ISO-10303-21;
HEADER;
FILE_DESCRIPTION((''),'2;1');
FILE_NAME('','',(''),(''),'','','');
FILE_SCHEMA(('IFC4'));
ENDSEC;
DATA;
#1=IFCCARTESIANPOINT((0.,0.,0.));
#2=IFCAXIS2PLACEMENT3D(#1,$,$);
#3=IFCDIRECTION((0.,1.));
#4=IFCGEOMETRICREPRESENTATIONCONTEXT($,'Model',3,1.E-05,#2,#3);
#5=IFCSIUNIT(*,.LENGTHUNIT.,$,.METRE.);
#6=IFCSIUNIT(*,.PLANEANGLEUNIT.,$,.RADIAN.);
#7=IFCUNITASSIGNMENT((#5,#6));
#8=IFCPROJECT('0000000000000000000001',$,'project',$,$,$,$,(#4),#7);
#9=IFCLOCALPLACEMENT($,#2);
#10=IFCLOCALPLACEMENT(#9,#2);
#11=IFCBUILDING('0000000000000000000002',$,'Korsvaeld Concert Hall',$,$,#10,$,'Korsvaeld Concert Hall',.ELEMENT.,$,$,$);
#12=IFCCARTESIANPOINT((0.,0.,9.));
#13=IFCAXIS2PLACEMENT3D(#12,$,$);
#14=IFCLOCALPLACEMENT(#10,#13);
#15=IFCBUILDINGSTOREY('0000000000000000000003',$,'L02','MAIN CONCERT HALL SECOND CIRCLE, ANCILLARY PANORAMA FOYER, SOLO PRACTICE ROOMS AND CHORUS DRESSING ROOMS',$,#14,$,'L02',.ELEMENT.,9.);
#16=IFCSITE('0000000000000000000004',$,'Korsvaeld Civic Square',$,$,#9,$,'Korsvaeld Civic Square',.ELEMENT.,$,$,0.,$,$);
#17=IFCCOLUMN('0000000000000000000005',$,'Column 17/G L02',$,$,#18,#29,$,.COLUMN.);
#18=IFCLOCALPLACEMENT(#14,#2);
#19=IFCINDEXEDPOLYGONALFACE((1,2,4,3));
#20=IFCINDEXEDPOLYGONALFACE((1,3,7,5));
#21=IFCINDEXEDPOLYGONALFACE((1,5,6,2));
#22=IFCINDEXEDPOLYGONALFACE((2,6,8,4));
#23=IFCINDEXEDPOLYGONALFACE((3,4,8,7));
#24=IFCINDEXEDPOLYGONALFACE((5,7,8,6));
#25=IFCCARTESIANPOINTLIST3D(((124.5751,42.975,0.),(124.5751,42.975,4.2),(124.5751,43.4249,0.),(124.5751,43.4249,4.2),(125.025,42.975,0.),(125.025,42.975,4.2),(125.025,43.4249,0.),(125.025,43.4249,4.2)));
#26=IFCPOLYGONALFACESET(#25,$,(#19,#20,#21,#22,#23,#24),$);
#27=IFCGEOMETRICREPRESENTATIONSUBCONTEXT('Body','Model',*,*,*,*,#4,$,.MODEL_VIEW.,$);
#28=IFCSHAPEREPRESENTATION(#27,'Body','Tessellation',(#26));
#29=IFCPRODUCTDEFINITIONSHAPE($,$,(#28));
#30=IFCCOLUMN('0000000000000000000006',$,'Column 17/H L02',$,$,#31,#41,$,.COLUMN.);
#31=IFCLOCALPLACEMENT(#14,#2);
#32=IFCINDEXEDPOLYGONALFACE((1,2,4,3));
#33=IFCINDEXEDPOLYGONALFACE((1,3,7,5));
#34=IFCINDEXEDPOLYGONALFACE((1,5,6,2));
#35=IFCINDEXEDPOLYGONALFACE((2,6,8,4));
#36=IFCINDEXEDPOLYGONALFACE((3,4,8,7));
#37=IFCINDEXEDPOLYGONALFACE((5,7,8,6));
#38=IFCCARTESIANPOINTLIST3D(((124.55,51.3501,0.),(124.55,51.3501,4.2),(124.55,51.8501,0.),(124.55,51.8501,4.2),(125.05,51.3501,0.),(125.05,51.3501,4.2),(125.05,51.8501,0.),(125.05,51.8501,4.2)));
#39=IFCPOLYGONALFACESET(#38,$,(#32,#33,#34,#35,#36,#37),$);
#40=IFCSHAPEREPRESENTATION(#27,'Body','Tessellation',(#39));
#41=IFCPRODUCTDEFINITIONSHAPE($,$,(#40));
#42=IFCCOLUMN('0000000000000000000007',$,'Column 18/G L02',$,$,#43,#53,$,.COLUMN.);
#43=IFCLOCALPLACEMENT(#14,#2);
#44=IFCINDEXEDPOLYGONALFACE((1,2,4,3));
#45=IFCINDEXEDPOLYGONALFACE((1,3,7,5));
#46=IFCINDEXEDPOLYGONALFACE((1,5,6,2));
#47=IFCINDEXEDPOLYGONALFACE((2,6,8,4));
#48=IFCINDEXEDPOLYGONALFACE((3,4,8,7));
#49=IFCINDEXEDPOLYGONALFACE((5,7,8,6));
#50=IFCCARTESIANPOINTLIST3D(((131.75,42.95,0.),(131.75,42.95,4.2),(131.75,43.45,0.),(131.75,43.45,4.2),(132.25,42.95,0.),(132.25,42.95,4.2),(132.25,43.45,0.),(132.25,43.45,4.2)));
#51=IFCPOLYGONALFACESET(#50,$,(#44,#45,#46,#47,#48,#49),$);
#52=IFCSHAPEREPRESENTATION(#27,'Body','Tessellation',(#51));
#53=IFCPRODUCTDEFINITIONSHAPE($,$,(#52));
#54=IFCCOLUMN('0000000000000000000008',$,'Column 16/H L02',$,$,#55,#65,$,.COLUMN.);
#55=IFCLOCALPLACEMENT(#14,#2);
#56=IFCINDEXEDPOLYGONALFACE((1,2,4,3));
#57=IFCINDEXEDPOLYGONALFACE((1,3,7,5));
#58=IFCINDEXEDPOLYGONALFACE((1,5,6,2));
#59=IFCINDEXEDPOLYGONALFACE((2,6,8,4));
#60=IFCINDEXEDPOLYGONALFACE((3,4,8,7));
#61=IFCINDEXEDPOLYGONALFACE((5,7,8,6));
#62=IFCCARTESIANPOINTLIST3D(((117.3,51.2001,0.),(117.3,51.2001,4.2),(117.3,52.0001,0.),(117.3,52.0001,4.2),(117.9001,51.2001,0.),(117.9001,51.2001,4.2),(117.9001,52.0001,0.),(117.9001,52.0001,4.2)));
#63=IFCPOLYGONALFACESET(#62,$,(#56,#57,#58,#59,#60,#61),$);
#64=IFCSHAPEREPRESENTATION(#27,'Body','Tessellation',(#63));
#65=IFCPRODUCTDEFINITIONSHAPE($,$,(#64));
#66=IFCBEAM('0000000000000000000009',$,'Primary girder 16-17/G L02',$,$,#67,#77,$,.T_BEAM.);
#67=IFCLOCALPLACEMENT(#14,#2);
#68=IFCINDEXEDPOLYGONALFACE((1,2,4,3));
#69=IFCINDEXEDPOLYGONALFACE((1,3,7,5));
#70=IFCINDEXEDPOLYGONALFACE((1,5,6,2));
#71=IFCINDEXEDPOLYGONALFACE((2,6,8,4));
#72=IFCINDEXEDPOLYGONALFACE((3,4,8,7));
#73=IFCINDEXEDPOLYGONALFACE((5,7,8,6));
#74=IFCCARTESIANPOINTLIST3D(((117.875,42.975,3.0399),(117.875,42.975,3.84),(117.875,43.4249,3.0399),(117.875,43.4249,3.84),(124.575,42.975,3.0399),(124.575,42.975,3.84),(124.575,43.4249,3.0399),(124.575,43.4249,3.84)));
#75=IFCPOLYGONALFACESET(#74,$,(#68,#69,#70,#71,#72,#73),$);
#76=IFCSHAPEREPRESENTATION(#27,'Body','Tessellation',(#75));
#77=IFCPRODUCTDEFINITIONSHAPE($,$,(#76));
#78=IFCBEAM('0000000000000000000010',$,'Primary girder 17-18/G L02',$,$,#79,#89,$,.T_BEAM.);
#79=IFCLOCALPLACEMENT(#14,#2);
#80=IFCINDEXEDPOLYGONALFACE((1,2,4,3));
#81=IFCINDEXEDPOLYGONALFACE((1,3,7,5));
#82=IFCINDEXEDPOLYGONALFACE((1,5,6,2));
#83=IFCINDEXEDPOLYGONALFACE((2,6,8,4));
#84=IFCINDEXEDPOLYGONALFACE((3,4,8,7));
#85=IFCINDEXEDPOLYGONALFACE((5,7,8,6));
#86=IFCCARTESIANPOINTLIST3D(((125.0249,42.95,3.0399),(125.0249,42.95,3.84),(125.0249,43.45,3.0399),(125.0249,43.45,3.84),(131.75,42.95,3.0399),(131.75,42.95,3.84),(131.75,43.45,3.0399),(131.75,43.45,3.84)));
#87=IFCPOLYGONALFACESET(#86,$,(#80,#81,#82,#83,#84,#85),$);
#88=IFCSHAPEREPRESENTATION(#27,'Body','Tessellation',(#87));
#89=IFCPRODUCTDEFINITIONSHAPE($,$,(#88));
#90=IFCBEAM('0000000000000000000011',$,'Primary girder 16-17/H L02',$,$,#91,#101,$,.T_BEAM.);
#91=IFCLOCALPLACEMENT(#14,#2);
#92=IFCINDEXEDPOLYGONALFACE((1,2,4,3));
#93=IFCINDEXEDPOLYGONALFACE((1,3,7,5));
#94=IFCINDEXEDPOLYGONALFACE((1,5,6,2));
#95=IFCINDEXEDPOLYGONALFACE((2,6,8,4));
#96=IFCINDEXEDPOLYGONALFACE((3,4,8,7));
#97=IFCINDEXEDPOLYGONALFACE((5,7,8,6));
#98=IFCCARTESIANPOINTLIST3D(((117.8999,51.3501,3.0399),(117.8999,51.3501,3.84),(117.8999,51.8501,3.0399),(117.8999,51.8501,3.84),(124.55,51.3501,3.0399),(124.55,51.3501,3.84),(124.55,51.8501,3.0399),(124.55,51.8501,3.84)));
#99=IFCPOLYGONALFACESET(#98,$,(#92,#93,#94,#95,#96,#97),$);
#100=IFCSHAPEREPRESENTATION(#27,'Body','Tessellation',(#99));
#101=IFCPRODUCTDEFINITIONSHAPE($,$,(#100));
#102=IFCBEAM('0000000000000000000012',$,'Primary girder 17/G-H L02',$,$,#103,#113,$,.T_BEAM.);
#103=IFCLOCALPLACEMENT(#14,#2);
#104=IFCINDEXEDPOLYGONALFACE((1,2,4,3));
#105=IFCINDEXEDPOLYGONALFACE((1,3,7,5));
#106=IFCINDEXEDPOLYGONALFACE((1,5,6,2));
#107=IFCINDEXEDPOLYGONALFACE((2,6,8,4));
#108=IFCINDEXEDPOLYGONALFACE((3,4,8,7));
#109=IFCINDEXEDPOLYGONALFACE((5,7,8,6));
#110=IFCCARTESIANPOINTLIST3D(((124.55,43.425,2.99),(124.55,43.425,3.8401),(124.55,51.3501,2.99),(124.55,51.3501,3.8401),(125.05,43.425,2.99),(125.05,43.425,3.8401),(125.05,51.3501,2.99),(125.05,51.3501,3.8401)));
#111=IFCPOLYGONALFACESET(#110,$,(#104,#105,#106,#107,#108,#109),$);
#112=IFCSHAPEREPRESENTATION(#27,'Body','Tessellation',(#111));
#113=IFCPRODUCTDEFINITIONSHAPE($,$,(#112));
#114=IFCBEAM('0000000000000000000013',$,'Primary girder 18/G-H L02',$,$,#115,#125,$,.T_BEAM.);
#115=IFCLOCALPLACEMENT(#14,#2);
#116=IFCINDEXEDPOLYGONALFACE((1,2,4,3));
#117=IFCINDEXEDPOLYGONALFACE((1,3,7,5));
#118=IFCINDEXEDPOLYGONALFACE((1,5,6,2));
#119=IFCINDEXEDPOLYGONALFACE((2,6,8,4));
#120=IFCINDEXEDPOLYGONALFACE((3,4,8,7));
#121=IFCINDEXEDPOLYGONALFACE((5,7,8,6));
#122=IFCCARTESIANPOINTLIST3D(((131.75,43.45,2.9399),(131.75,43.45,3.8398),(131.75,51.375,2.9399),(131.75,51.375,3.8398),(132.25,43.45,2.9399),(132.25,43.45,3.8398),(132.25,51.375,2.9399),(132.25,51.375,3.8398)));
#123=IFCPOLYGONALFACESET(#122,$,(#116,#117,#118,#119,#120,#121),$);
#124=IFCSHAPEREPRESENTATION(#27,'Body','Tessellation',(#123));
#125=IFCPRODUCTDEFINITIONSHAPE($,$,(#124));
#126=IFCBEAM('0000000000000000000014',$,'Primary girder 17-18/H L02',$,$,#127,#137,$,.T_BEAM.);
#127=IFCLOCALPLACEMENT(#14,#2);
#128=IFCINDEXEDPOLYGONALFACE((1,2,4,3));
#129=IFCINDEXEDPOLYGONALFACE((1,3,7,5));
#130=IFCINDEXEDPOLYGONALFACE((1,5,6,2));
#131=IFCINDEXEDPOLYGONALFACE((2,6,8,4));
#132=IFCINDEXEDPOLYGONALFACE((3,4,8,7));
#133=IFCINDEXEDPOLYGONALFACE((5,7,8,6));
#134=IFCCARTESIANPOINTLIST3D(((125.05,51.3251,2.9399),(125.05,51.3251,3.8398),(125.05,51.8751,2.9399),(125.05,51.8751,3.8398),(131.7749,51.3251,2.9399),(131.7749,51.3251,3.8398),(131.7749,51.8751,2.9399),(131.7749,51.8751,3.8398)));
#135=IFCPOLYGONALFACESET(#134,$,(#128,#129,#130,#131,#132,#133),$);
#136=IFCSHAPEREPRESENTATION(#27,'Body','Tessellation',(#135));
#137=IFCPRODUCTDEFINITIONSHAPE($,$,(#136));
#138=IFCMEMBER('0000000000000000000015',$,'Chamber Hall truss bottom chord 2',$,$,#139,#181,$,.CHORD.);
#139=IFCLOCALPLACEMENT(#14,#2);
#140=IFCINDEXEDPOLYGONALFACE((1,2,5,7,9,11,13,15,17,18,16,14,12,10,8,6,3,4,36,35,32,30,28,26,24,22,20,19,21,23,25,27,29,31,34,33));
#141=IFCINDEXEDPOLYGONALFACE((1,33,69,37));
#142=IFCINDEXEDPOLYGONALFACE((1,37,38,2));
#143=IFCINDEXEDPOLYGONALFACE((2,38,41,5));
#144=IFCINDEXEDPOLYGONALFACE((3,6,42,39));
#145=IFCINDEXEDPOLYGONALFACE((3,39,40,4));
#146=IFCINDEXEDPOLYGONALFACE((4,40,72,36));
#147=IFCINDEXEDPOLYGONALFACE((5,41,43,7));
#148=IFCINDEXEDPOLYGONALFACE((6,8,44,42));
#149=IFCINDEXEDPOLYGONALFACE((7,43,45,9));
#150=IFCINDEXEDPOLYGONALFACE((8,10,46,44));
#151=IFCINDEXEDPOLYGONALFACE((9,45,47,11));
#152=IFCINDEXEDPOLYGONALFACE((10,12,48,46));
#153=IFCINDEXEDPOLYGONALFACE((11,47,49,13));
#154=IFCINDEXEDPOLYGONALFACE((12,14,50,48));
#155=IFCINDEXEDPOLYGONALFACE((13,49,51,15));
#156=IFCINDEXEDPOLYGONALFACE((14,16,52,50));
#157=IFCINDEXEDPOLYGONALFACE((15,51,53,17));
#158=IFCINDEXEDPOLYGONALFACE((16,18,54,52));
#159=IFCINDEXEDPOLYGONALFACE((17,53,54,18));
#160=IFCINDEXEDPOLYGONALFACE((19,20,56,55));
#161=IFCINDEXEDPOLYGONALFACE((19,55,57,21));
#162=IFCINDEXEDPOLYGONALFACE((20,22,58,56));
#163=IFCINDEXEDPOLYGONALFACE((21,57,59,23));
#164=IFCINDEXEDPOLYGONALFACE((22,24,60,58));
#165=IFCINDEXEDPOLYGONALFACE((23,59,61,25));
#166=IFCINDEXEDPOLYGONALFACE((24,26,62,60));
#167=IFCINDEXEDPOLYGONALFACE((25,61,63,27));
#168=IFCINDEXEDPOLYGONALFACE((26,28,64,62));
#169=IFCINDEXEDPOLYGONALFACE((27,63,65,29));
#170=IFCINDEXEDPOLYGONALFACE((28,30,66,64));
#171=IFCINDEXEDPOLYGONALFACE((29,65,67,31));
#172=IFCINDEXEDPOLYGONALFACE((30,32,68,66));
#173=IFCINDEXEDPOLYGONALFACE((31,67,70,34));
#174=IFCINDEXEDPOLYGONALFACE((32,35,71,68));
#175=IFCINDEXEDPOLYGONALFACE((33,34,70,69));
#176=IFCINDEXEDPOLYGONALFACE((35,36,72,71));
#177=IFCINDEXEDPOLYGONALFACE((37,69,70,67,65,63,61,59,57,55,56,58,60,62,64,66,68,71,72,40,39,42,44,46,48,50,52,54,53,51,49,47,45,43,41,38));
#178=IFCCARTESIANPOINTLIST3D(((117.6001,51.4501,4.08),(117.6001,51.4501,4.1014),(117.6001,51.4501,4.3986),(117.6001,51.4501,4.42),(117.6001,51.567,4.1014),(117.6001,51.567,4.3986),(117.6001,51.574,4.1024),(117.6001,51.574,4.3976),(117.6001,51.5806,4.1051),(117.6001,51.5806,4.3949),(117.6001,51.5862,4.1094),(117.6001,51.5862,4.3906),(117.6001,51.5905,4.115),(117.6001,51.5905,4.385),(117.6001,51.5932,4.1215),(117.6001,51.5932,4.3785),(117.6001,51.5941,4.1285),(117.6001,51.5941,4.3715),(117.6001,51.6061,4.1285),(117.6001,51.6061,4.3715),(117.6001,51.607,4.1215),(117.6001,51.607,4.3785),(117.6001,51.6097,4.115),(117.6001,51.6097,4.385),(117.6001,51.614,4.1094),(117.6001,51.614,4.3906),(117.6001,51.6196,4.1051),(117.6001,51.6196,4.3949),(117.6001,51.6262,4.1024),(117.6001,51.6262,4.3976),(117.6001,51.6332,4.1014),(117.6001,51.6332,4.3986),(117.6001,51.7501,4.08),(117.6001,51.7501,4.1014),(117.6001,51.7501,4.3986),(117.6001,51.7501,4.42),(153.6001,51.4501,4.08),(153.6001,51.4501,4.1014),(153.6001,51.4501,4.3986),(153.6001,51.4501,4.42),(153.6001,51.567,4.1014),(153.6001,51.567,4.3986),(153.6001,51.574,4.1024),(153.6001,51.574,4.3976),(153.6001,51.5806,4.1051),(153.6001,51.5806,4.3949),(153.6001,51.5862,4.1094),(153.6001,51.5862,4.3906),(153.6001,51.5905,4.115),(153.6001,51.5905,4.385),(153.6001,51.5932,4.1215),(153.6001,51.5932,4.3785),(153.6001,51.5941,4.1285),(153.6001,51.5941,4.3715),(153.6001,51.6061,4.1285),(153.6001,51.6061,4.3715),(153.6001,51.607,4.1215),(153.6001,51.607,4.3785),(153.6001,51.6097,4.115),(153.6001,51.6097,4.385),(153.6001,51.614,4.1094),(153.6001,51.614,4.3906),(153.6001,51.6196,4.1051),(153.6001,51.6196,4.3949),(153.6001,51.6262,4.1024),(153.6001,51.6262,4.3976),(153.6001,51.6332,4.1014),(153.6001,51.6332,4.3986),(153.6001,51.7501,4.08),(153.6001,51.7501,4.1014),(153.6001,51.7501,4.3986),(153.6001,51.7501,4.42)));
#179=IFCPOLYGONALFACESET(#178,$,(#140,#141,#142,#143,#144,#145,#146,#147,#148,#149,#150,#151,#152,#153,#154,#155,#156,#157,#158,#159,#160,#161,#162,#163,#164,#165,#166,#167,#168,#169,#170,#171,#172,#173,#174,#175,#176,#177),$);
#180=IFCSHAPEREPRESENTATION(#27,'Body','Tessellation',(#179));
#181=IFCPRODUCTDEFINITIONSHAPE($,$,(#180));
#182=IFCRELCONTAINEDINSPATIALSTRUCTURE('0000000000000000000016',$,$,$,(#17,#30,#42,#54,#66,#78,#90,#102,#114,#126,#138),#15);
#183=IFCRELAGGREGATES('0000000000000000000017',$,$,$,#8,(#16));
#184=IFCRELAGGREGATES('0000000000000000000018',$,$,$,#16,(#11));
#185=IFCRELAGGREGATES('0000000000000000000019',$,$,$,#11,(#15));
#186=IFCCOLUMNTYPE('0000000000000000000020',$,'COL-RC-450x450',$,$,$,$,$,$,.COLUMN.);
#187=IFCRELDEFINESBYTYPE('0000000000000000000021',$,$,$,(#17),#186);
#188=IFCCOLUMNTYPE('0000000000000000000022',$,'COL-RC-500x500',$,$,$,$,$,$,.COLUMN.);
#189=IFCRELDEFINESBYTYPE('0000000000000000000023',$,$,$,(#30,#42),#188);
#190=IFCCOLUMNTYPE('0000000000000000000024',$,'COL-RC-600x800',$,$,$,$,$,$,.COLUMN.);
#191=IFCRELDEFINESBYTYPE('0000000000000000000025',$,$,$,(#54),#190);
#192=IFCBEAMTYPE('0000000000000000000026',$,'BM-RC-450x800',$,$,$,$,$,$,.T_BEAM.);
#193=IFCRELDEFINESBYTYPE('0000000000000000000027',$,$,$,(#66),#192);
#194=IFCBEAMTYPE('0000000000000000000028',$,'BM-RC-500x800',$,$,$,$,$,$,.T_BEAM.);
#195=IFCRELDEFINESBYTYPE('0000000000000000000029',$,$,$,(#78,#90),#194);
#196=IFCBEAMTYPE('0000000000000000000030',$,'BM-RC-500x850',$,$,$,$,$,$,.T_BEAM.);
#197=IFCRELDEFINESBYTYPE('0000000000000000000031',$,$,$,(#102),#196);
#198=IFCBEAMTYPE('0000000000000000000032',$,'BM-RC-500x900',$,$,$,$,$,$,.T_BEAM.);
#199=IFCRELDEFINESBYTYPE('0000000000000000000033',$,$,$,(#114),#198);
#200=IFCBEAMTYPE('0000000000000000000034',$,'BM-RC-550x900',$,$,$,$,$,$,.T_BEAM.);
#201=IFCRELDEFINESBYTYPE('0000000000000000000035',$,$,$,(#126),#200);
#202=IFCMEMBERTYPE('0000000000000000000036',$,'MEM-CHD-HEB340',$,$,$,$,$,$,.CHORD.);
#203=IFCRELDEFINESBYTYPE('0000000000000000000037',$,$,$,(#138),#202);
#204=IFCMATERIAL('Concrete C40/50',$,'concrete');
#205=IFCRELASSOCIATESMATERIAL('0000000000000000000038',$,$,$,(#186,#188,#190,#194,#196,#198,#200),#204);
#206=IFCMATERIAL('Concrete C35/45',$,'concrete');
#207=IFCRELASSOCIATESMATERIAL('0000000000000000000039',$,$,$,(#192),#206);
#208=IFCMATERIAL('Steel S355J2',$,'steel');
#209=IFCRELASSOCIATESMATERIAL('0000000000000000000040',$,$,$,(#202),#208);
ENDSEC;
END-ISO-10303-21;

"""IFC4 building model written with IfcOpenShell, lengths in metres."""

from ifc_helpers import new_model, si_unit, direction, frame, origin, origin_2d, place, context, subcontext, project, spatial, rectangle, i_section, extrude, material, material_profile, profile_set, type_object, element, save


model = new_model("IFC4")

# Units and contexts
model_context = context("Model", 3, precision=1e-05, world=origin(), true_north=direction((0.0, 1.0)))
body_context = subcontext(model_context, "Body", "Model", "MODEL_VIEW")
ifc_project = project(units=[si_unit("LENGTHUNIT", "METRE"), si_unit("PLANEANGLEUNIT", "RADIAN")], contexts=[model_context])

# Site, building, storey
site_placement = place(None, origin())
site = spatial("IfcSite", under=ifc_project, at=site_placement, Name="Korsvaeld Civic Square", LongName="Korsvaeld Civic Square", CompositionType="ELEMENT", RefElevation=0.0)
building_placement = place(site_placement, origin())
building = spatial("IfcBuilding", under=site, at=building_placement, Name="Korsvaeld Concert Hall", LongName="Korsvaeld Concert Hall", CompositionType="ELEMENT")
storey_placement = place(building_placement, frame((0.0, 0.0, 9.0)))
storey = spatial("IfcBuildingStorey", under=building, at=storey_placement, Name="L02", Description="MAIN CONCERT HALL SECOND CIRCLE, ANCILLARY PANORAMA FOYER, SOLO PRACTICE ROOMS AND CHORUS DRESSING ROOMS", LongName="L02", CompositionType="ELEMENT", Elevation=9.0)

# Columns
ifc_material_1 = material(Name="Concrete C40/50", Category="concrete")
ifc_material_profile_1 = material_profile(ifc_material_1, rectangle(XDim=0.45, YDim=0.45, at=origin_2d()), Name="RC 450x450")
ifc_profile_set_1 = profile_set([ifc_material_profile_1], Name="Concrete C40/50")
column_type_1 = type_object("IfcColumnType", Name="COL-RC-450x450", PredefinedType="COLUMN", material=ifc_profile_set_1)
column_1_placement = place(storey_placement, frame((124.8, 43.2, 0.0), z_axis=(0.0, 0.0, 1.0), x_axis=(1.0, 0.0, 0.0)))
element("IfcColumn", 1, at=column_1_placement, inside=storey, type_object=column_type_1, Name="Column 17/G L02", PredefinedType="COLUMN", context=body_context, shape_type="SweptSolid", body=[
    extrude(rectangle(XDim=0.45, YDim=0.45, at=origin_2d()), origin(), (0.0, 0.0, 1.0), 4.2),
])
ifc_material_profile_2 = material_profile(ifc_material_1, rectangle(XDim=0.5, YDim=0.5, at=origin_2d()), Name="RC 500x500")
ifc_profile_set_2 = profile_set([ifc_material_profile_2], Name="Concrete C40/50")
column_type_2 = type_object("IfcColumnType", Name="COL-RC-500x500", PredefinedType="COLUMN", material=ifc_profile_set_2)
for number, where, z_axis, x_axis, name in (
    (2, (124.8, 51.6001, 0.0), (0.0, 0.0, 1.0), (1.0, 0.0, 0.0), "Column 17/H L02"),
    (3, (132.0, 43.2, 0.0), (0.0, 0.0, 1.0), (1.0, 0.0, 0.0), "Column 18/G L02"),
):
    element("IfcColumn", number, at=place(storey_placement, frame(where, z_axis=z_axis, x_axis=x_axis)), inside=storey, type_object=column_type_2, Name=name, PredefinedType="COLUMN", context=body_context, shape_type="SweptSolid", body=[
        extrude(rectangle(XDim=0.5, YDim=0.5, at=origin_2d()), origin(), (0.0, 0.0, 1.0), 4.2),
    ])
ifc_material_profile_3 = material_profile(ifc_material_1, rectangle(XDim=0.6001, YDim=0.8, at=origin_2d()), Name="RC 600x800")
ifc_profile_set_3 = profile_set([ifc_material_profile_3], Name="Concrete C40/50")
column_type_3 = type_object("IfcColumnType", Name="COL-RC-600x800", PredefinedType="COLUMN", material=ifc_profile_set_3)
column_2_placement = place(storey_placement, frame((117.6001, 51.6001, 0.0), z_axis=(0.0, 0.0, 1.0), x_axis=(1.0, 0.0, 0.0)))
element("IfcColumn", 4, at=column_2_placement, inside=storey, type_object=column_type_3, Name="Column 16/H L02", PredefinedType="COLUMN", context=body_context, shape_type="SweptSolid", body=[
    extrude(rectangle(XDim=0.6001, YDim=0.8, at=origin_2d()), origin(), (0.0, 0.0, 1.0), 4.2),
])

# Beams
ifc_material_2 = material(Name="Concrete C35/45", Category="concrete")
ifc_material_profile_4 = material_profile(ifc_material_2, rectangle(XDim=0.45, YDim=0.8, at=origin_2d()), Name="RC 450x800")
ifc_profile_set_4 = profile_set([ifc_material_profile_4], Name="Concrete C35/45")
beam_type_1 = type_object("IfcBeamType", Name="BM-RC-450x800", PredefinedType="T_BEAM", material=ifc_profile_set_4)
beam_1_placement = place(storey_placement, frame((117.875, 43.2, 3.4399), z_axis=(1.0, 0.0, 0.0), x_axis=(0.0, 1.0, 0.0)))
element("IfcBeam", 5, at=beam_1_placement, inside=storey, type_object=beam_type_1, Name="Primary girder 16-17/G L02", PredefinedType="T_BEAM", context=body_context, shape_type="SweptSolid", body=[
    extrude(rectangle(XDim=0.45, YDim=0.8, at=origin_2d()), origin(), (0.0, 0.0, 1.0), 6.7),
])
ifc_material_profile_5 = material_profile(ifc_material_1, rectangle(XDim=0.5, YDim=0.8, at=origin_2d()), Name="RC 500x800")
ifc_profile_set_5 = profile_set([ifc_material_profile_5], Name="Concrete C40/50")
beam_type_2 = type_object("IfcBeamType", Name="BM-RC-500x800", PredefinedType="T_BEAM", material=ifc_profile_set_5)
beam_2_placement = place(storey_placement, frame((125.0249, 43.2, 3.4399), z_axis=(1.0, 0.0, 0.0), x_axis=(0.0, 1.0, 0.0)))
element("IfcBeam", 6, at=beam_2_placement, inside=storey, type_object=beam_type_2, Name="Primary girder 17-18/G L02", PredefinedType="T_BEAM", context=body_context, shape_type="SweptSolid", body=[
    extrude(rectangle(XDim=0.5, YDim=0.8, at=origin_2d()), origin(), (0.0, 0.0, 1.0), 6.7251),
])
beam_3_placement = place(storey_placement, frame((117.8999, 51.6001, 3.4399), z_axis=(1.0, 0.0, 0.0), x_axis=(0.0, 1.0, 0.0)))
element("IfcBeam", 7, at=beam_3_placement, inside=storey, type_object=beam_type_2, Name="Primary girder 16-17/H L02", PredefinedType="T_BEAM", context=body_context, shape_type="SweptSolid", body=[
    extrude(rectangle(XDim=0.5, YDim=0.8, at=origin_2d()), origin(), (0.0, 0.0, 1.0), 6.6501),
])
ifc_material_profile_6 = material_profile(ifc_material_1, rectangle(XDim=0.5, YDim=0.8501, at=origin_2d()), Name="RC 500x850")
ifc_profile_set_6 = profile_set([ifc_material_profile_6], Name="Concrete C40/50")
beam_type_3 = type_object("IfcBeamType", Name="BM-RC-500x850", PredefinedType="T_BEAM", material=ifc_profile_set_6)
beam_4_placement = place(storey_placement, frame((124.8, 43.425, 3.415), z_axis=(0.0, 1.0, 0.0), x_axis=(-1.0, 0.0, 0.0)))
element("IfcBeam", 8, at=beam_4_placement, inside=storey, type_object=beam_type_3, Name="Primary girder 17/G-H L02", PredefinedType="T_BEAM", context=body_context, shape_type="SweptSolid", body=[
    extrude(rectangle(XDim=0.5, YDim=0.8501, at=origin_2d()), origin(), (0.0, 0.0, 1.0), 7.925),
])
ifc_material_profile_7 = material_profile(ifc_material_1, rectangle(XDim=0.5, YDim=0.8999, at=origin_2d()), Name="RC 500x900")
ifc_profile_set_7 = profile_set([ifc_material_profile_7], Name="Concrete C40/50")
beam_type_4 = type_object("IfcBeamType", Name="BM-RC-500x900", PredefinedType="T_BEAM", material=ifc_profile_set_7)
beam_5_placement = place(storey_placement, frame((132.0, 43.45, 3.3899), z_axis=(0.0, 1.0, 0.0), x_axis=(-1.0, 0.0, 0.0)))
element("IfcBeam", 9, at=beam_5_placement, inside=storey, type_object=beam_type_4, Name="Primary girder 18/G-H L02", PredefinedType="T_BEAM", context=body_context, shape_type="SweptSolid", body=[
    extrude(rectangle(XDim=0.5, YDim=0.8999, at=origin_2d()), origin(), (0.0, 0.0, 1.0), 7.925),
])
ifc_material_profile_8 = material_profile(ifc_material_1, rectangle(XDim=0.55, YDim=0.8999, at=origin_2d()), Name="RC 550x900")
ifc_profile_set_8 = profile_set([ifc_material_profile_8], Name="Concrete C40/50")
beam_type_5 = type_object("IfcBeamType", Name="BM-RC-550x900", PredefinedType="T_BEAM", material=ifc_profile_set_8)
beam_6_placement = place(storey_placement, frame((125.05, 51.6001, 3.3899), z_axis=(1.0, 0.0, 0.0), x_axis=(0.0, 1.0, 0.0)))
element("IfcBeam", 10, at=beam_6_placement, inside=storey, type_object=beam_type_5, Name="Primary girder 17-18/H L02", PredefinedType="T_BEAM", context=body_context, shape_type="SweptSolid", body=[
    extrude(rectangle(XDim=0.55, YDim=0.8999, at=origin_2d()), origin(), (0.0, 0.0, 1.0), 6.7249),
])

# Member
ifc_material_3 = material(Name="Steel S355J2", Category="steel")
ifc_material_profile_9 = material_profile(ifc_material_3, i_section(OverallWidth=0.3, OverallDepth=0.3401, WebThickness=0.012, FlangeThickness=0.0215, FilletRadius=0.0271, at=origin_2d()), Name="HEB 340")
ifc_profile_set_9 = profile_set([ifc_material_profile_9], Name="Steel S355J2")
member_type_1 = type_object("IfcMemberType", Name="MEM-CHD-HEB340", PredefinedType="CHORD", material=ifc_profile_set_9)
member_1_placement = place(storey_placement, frame((117.6001, 51.6001, 4.25), z_axis=(1.0, 0.0, 0.0), x_axis=(0.0, 1.0, 0.0)))
element("IfcMember", 11, at=member_1_placement, inside=storey, type_object=member_type_1, Name="Chamber Hall truss bottom chord 2", PredefinedType="CHORD", context=body_context, shape_type="SweptSolid", body=[
    extrude(i_section(OverallWidth=0.3, OverallDepth=0.3401, WebThickness=0.012, FlangeThickness=0.0215, FilletRadius=0.0271, at=origin_2d()), origin(), (0.0, 0.0, 1.0), 36.0),
])

save(model, "model.ifc")
